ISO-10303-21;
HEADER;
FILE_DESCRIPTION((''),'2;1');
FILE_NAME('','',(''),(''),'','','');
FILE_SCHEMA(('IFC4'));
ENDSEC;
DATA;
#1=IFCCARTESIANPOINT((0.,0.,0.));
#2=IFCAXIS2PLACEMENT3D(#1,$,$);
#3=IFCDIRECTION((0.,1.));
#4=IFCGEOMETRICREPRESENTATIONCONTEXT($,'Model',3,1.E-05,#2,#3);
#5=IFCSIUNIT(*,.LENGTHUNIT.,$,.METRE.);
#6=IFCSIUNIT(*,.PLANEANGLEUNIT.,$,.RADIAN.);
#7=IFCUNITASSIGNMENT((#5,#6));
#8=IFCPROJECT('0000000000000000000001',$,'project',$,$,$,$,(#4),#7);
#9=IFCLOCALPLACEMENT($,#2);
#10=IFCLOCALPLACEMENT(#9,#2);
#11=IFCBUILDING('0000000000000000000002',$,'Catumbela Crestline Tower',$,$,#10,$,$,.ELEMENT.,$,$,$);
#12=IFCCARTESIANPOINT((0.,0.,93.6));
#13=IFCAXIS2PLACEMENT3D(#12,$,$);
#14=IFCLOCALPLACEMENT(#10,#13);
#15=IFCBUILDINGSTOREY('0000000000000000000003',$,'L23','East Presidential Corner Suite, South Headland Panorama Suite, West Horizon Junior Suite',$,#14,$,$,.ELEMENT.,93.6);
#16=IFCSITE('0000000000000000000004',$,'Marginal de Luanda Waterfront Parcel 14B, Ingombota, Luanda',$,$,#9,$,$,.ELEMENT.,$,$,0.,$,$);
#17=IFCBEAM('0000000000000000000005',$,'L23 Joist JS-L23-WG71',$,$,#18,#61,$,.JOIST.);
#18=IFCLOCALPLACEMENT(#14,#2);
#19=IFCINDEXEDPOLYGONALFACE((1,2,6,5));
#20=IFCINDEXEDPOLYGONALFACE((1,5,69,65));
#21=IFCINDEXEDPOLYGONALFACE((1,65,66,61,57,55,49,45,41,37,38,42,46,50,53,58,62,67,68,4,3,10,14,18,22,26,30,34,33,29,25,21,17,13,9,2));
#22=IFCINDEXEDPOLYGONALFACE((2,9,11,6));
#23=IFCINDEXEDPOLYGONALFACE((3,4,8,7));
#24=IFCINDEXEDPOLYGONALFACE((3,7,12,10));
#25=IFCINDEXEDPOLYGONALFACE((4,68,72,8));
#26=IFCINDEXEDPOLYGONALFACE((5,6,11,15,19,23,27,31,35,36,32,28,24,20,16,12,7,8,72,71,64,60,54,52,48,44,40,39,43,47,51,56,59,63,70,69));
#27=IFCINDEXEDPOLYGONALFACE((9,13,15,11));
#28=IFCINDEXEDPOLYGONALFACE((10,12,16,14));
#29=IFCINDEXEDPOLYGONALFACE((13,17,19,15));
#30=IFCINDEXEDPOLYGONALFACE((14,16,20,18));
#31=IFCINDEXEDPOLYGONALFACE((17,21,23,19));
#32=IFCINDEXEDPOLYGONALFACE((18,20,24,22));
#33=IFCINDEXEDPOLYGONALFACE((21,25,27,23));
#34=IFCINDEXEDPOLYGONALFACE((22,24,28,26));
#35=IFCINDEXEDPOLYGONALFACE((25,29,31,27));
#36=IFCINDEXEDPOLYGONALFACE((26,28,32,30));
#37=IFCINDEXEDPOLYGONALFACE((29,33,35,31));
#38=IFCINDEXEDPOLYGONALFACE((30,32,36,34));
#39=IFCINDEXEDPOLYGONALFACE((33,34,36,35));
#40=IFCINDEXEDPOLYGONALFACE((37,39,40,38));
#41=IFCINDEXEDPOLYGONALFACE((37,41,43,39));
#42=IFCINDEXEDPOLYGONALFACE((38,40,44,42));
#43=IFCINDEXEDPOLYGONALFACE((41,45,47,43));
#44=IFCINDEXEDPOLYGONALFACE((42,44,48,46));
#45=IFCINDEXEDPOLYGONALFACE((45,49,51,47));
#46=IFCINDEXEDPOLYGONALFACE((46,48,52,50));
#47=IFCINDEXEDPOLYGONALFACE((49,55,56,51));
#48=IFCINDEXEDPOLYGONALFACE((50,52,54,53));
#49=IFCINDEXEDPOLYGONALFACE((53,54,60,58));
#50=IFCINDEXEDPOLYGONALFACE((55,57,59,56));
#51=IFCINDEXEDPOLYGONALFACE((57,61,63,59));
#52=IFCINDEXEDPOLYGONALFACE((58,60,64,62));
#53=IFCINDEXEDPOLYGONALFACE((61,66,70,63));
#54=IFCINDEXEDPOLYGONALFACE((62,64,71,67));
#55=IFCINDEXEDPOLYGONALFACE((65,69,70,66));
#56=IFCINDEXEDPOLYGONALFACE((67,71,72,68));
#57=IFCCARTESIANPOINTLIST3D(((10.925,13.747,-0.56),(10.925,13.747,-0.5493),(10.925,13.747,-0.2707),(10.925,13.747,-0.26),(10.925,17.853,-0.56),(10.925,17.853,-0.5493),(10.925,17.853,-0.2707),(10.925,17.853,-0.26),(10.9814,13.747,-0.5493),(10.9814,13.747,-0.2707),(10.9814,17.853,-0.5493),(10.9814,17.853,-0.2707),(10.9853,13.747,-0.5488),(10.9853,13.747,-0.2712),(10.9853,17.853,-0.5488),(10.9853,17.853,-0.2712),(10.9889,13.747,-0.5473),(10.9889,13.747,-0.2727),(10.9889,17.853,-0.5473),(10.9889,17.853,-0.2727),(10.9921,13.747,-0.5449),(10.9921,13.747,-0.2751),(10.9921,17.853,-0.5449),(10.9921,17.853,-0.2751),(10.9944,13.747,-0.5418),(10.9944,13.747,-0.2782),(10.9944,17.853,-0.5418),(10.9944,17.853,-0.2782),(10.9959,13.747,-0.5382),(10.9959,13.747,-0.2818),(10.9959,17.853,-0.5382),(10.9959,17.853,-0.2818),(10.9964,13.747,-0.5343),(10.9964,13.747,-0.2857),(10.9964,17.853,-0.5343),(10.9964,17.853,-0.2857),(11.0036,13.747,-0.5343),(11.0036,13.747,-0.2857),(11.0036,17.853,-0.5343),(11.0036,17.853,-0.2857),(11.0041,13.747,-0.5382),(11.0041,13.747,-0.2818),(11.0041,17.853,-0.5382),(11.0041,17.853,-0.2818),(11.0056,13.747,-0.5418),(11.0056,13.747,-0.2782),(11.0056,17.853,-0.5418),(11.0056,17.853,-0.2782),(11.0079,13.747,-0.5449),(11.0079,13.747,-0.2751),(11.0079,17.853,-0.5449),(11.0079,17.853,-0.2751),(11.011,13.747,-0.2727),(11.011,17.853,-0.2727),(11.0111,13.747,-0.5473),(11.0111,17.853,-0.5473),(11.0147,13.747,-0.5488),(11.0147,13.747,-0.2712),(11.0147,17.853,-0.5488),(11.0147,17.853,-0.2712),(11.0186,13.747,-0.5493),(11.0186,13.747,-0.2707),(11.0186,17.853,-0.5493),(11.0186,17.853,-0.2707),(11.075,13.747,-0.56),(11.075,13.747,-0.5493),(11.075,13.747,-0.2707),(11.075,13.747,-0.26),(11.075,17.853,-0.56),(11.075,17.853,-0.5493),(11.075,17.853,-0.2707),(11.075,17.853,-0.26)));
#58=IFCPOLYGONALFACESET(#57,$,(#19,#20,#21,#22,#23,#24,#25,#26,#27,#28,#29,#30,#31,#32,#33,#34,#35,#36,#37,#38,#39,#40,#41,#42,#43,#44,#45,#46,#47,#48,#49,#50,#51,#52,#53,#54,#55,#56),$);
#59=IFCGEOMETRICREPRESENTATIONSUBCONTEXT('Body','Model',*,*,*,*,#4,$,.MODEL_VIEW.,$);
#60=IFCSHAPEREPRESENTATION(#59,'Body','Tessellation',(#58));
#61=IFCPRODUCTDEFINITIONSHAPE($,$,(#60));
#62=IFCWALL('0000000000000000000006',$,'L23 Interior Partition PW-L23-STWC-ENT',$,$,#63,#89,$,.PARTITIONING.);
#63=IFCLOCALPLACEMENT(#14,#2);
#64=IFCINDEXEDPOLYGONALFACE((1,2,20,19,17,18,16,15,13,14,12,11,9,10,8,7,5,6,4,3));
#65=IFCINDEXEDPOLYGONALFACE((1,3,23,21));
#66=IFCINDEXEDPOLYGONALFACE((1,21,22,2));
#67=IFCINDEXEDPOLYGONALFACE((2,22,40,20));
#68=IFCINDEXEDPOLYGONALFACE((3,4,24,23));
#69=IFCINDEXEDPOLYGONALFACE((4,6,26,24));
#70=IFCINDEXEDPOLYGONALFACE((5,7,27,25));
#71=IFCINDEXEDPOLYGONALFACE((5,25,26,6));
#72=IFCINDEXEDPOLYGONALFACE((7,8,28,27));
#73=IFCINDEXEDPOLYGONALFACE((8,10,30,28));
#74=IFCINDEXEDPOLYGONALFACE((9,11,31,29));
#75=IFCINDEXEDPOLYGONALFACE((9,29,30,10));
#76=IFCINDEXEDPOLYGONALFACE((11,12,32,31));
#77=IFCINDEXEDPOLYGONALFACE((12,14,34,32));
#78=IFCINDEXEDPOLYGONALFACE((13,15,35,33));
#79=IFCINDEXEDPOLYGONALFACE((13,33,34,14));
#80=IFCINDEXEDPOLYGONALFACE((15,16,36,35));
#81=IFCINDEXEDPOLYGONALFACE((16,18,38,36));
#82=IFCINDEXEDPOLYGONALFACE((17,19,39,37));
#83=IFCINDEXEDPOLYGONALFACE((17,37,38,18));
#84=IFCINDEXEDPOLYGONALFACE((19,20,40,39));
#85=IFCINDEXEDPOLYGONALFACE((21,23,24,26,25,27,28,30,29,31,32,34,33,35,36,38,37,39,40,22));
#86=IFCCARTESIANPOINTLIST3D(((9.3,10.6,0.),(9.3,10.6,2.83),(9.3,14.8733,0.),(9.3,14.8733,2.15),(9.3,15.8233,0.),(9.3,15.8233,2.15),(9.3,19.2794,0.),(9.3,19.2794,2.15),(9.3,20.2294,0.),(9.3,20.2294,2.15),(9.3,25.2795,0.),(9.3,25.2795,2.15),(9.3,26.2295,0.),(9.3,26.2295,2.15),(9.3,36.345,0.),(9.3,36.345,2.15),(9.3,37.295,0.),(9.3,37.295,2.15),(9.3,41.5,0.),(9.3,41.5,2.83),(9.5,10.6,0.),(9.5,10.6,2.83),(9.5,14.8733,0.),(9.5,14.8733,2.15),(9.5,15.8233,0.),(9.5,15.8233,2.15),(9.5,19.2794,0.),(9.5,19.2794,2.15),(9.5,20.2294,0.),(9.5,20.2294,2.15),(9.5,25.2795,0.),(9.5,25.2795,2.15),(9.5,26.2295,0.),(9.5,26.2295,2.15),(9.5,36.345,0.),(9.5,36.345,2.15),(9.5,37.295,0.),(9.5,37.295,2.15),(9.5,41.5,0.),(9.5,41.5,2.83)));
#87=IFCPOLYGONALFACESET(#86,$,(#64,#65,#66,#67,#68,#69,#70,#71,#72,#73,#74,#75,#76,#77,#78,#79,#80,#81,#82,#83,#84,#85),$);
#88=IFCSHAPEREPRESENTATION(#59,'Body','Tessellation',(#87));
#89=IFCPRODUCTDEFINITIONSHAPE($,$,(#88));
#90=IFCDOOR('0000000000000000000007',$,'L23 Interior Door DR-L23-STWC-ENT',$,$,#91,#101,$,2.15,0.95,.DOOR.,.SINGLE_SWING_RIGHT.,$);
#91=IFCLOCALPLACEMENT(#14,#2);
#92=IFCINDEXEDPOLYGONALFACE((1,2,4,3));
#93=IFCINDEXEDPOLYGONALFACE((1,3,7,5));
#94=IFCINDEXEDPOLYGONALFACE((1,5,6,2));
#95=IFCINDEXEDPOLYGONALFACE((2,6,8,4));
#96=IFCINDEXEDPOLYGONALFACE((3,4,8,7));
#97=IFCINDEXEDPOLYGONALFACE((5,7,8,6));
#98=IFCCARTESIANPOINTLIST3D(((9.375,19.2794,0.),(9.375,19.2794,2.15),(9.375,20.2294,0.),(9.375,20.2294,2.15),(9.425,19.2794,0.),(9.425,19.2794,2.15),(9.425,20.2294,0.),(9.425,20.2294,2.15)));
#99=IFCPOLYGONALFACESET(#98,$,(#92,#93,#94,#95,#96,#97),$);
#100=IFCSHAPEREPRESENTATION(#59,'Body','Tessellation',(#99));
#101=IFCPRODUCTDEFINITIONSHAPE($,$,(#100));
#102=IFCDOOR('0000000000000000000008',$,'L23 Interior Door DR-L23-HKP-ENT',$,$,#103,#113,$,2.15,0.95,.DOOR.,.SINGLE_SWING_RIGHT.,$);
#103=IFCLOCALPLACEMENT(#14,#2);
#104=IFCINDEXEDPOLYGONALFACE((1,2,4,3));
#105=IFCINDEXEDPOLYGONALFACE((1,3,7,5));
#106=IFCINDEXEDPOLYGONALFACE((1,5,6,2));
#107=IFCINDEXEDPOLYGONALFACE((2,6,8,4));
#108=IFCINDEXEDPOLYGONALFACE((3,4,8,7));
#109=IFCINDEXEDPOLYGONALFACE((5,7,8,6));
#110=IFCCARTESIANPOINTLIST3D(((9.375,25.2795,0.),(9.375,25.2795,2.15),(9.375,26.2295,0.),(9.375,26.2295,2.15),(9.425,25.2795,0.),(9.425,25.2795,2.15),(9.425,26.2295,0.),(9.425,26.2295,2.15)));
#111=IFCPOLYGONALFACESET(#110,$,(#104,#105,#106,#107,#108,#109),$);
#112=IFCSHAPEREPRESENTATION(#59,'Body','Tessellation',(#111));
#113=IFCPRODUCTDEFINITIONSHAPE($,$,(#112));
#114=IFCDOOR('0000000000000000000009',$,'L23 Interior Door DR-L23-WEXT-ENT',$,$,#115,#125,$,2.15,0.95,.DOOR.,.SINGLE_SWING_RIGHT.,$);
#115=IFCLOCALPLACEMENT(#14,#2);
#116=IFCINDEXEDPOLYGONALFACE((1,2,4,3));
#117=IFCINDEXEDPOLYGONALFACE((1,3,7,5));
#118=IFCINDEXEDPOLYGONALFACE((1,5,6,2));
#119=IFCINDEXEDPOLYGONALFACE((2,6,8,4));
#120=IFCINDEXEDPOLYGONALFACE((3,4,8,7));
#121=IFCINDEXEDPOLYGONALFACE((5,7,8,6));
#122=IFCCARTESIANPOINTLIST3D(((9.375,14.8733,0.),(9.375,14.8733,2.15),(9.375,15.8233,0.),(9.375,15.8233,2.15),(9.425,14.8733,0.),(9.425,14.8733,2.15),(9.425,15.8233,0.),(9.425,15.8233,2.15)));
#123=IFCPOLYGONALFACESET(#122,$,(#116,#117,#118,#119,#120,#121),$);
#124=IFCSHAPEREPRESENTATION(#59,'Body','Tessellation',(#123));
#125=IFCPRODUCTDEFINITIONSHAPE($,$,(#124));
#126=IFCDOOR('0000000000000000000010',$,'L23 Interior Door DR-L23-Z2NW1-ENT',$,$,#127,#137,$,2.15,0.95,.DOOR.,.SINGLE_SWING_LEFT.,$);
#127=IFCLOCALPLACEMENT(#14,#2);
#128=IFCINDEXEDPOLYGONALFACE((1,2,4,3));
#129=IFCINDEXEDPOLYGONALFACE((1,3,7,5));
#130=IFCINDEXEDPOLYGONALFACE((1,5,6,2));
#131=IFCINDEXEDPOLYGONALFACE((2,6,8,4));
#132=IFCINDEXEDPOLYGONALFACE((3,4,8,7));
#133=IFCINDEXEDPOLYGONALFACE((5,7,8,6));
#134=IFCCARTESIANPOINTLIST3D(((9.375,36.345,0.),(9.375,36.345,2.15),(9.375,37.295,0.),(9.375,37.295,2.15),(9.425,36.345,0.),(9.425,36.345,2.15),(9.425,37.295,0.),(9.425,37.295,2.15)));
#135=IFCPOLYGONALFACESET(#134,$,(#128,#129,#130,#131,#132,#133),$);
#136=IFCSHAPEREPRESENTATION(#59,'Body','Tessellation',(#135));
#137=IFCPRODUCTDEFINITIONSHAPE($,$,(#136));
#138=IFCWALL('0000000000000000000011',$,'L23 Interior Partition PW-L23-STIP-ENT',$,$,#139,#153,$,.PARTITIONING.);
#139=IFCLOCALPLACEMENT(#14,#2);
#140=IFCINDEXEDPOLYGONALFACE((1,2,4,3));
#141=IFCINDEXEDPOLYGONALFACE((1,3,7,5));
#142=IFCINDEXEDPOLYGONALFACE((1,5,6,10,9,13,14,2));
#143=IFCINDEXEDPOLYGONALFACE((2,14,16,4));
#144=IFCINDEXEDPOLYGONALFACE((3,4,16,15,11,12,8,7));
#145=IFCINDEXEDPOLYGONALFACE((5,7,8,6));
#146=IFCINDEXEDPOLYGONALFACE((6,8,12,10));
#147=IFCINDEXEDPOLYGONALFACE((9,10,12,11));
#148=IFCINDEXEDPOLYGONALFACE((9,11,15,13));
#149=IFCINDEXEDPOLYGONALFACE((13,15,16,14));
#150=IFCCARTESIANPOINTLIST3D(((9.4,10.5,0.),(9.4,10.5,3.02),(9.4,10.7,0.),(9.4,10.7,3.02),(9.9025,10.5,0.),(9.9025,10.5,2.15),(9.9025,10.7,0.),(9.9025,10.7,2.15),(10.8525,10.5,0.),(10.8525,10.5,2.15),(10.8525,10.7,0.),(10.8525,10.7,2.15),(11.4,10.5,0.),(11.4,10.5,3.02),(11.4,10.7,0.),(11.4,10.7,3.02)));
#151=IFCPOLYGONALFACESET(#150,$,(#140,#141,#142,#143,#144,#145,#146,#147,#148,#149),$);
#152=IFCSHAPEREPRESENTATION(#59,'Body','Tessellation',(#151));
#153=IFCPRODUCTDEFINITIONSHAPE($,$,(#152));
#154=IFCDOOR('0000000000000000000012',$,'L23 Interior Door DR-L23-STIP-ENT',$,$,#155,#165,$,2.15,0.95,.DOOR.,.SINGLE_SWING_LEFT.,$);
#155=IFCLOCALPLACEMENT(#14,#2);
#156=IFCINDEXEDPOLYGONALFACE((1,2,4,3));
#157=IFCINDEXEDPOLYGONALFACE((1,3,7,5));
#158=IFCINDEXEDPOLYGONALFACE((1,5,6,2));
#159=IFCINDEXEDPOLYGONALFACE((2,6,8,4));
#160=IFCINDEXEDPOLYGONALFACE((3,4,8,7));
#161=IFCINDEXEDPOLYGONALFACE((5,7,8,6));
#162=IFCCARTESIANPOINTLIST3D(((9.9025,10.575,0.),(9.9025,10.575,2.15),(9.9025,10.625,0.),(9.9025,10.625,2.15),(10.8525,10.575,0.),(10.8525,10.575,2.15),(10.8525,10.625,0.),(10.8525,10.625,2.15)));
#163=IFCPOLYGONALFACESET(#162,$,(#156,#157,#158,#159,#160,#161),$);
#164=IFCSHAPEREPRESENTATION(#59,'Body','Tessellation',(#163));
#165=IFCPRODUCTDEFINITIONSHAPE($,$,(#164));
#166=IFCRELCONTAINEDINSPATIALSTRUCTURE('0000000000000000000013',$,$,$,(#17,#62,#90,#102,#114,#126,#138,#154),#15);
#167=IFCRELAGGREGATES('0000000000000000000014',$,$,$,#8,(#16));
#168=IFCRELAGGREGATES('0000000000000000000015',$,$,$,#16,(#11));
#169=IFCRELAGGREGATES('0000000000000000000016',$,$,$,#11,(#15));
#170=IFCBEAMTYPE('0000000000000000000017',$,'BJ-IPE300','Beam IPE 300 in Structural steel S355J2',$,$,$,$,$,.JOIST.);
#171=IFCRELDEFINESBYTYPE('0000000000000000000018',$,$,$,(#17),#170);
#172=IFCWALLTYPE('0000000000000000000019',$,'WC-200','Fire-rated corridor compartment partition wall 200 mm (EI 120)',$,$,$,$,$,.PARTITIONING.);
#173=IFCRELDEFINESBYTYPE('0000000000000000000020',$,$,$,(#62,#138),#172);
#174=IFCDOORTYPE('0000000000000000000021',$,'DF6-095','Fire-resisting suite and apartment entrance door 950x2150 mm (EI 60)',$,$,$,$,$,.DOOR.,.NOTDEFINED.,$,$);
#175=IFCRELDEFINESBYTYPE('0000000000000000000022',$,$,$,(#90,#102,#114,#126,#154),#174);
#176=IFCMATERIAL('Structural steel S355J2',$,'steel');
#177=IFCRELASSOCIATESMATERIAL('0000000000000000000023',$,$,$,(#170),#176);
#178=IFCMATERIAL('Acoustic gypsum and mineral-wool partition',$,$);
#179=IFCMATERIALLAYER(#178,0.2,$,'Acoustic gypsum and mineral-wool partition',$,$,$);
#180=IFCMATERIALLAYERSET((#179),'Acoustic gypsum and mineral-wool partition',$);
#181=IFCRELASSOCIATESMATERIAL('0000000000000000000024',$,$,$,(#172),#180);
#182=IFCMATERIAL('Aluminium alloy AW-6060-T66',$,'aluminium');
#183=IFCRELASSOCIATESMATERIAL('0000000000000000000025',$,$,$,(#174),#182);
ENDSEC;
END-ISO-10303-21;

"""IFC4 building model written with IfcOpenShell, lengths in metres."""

from ifc_helpers import new_model, si_unit, direction, frame, frame_2d, origin, origin_2d, place, context, subcontext, project, spatial, rectangle, i_section, extrude, material, layer, layer_set, material_profile, profile_set, type_object, element, fill, save


model = new_model("IFC4")

# Units and contexts
model_context = context("Model", 3, precision=1e-05, world=origin(), true_north=direction((0.0, 1.0)))
body_context = subcontext(model_context, "Body", "Model", "MODEL_VIEW")
ifc_project = project(units=[si_unit("LENGTHUNIT", "METRE"), si_unit("PLANEANGLEUNIT", "RADIAN")], contexts=[model_context])

# Site, building, storey
site_placement = place(None, origin())
site = spatial("IfcSite", under=ifc_project, at=site_placement, Name="Marginal de Luanda Waterfront Parcel 14B, Ingombota, Luanda", CompositionType="ELEMENT", RefElevation=0.0)
building_placement = place(site_placement, origin())
building = spatial("IfcBuilding", under=site, at=building_placement, Name="Catumbela Crestline Tower", CompositionType="ELEMENT")
storey_placement = place(building_placement, frame((0.0, 0.0, 93.6)))
storey = spatial("IfcBuildingStorey", under=building, at=storey_placement, Name="L23", Description="East Presidential Corner Suite, South Headland Panorama Suite, West Horizon Junior Suite", CompositionType="ELEMENT", Elevation=93.6)

# Beam
ifc_material_1 = material(Name="Structural steel S355J2", Category="steel")
ifc_material_profile_1 = material_profile(ifc_material_1, i_section(OverallWidth=0.15, OverallDepth=0.3, WebThickness=0.0071, FlangeThickness=0.0107, FilletRadius=0.015, at=origin_2d()), Name="IPE 300")
ifc_profile_set_1 = profile_set([ifc_material_profile_1], Name="Structural steel S355J2")
beam_type_1 = type_object("IfcBeamType", Name="BJ-IPE300", Description="Beam IPE 300 in Structural steel S355J2", PredefinedType="JOIST", material=ifc_profile_set_1)
beam_1_placement = place(storey_placement, frame((11.0, 13.747, -0.41), z_axis=(0.0, 1.0, 0.0), x_axis=(-1.0, 0.0, 0.0)))
element("IfcBeam", 1, at=beam_1_placement, inside=storey, type_object=beam_type_1, Name="L23 Joist JS-L23-WG71", PredefinedType="JOIST", context=body_context, shape_type="SweptSolid", body=[
    extrude(i_section(OverallWidth=0.15, OverallDepth=0.3, WebThickness=0.0071, FlangeThickness=0.0107, FilletRadius=0.015, at=origin_2d()), origin(), (0.0, 0.0, 1.0), 4.106),
])

# Wall, openings, doors
ifc_material_2 = material(Name="Acoustic gypsum and mineral-wool partition")
ifc_layer_1 = layer(ifc_material_2, 0.2, Name="Acoustic gypsum and mineral-wool partition")
ifc_layer_set_1 = layer_set([ifc_layer_1], Name="Acoustic gypsum and mineral-wool partition")
wall_type_1 = type_object("IfcWallType", Name="WC-200", Description="Fire-rated corridor compartment partition wall 200 mm (EI 120)", PredefinedType="PARTITIONING", material=ifc_layer_set_1)
wall_1_placement = place(storey_placement, frame((9.4, 10.6, 0.0), z_axis=(0.0, 0.0, 1.0), x_axis=(0.0, 1.0, 0.0)))
wall_1 = element("IfcWall", 2, at=wall_1_placement, inside=storey, type_object=wall_type_1, Name="L23 Interior Partition PW-L23-STWC-ENT", PredefinedType="PARTITIONING", context=body_context, shape_type="SweptSolid", body=[
    extrude(rectangle(XDim=30.9, YDim=0.2, at=frame_2d((15.45, 0.0))), origin(), (0.0, 0.0, 1.0), 2.83),
])
opening_1_placement = place(wall_1_placement, frame((8.6794, 0.0, 0.0)))
opening_1 = element("IfcOpeningElement", 3, at=opening_1_placement, cuts=wall_1, PredefinedType="OPENING", context=body_context, shape_type="SweptSolid", body=[
    extrude(rectangle(XDim=0.95, YDim=2.15, at=frame_2d((0.475, 1.075))), frame((0.0, 0.11, 0.0), z_axis=(0.0, -1.0, 0.0), x_axis=(1.0, 0.0, 0.0)), (0.0, 0.0, 1.0), 0.22),
])
opening_2_placement = place(wall_1_placement, frame((14.6795, 0.0, 0.0)))
opening_2 = element("IfcOpeningElement", 4, at=opening_2_placement, cuts=wall_1, PredefinedType="OPENING", context=body_context, shape_type="SweptSolid", body=[
    extrude(rectangle(XDim=0.95, YDim=2.15, at=frame_2d((0.475, 1.075))), frame((0.0, 0.11, 0.0), z_axis=(0.0, -1.0, 0.0), x_axis=(1.0, 0.0, 0.0)), (0.0, 0.0, 1.0), 0.22),
])
opening_3_placement = place(wall_1_placement, frame((4.2733, 0.0, 0.0)))
opening_3 = element("IfcOpeningElement", 5, at=opening_3_placement, cuts=wall_1, PredefinedType="OPENING", context=body_context, shape_type="SweptSolid", body=[
    extrude(rectangle(XDim=0.95, YDim=2.15, at=frame_2d((0.475, 1.075))), frame((0.0, 0.11, 0.0), z_axis=(0.0, -1.0, 0.0), x_axis=(1.0, 0.0, 0.0)), (0.0, 0.0, 1.0), 0.22),
])
opening_4_placement = place(wall_1_placement, frame((25.745, 0.0, 0.0)))
opening_4 = element("IfcOpeningElement", 6, at=opening_4_placement, cuts=wall_1, PredefinedType="OPENING", context=body_context, shape_type="SweptSolid", body=[
    extrude(rectangle(XDim=0.95, YDim=2.15, at=frame_2d((0.475, 1.075))), frame((0.0, 0.11, 0.0), z_axis=(0.0, -1.0, 0.0), x_axis=(1.0, 0.0, 0.0)), (0.0, 0.0, 1.0), 0.22),
])
ifc_material_3 = material(Name="Aluminium alloy AW-6060-T66", Category="aluminium")
door_type = type_object("IfcDoorType", Name="DF6-095", Description="Fire-resisting suite and apartment entrance door 950x2150 mm (EI 60)", OperationType="NOTDEFINED", PredefinedType="DOOR", material=ifc_material_3)
door_1_placement = place(opening_1_placement, origin())
door_1 = element("IfcDoor", 7, at=door_1_placement, inside=storey, type_object=door_type, Name="L23 Interior Door DR-L23-STWC-ENT", OperationType="SINGLE_SWING_RIGHT", OverallHeight=2.15, OverallWidth=0.95, PredefinedType="DOOR", context=body_context, shape_type="SweptSolid", body=[
    extrude(rectangle(XDim=0.95, YDim=2.15, at=frame_2d((0.475, 1.075))), frame((0.0, 0.025, 0.0), z_axis=(0.0, -1.0, 0.0), x_axis=(1.0, 0.0, 0.0)), (0.0, 0.0, 1.0), 0.05),
])
fill(opening_1, door_1)
door_2_placement = place(opening_2_placement, origin())
door_2 = element("IfcDoor", 8, at=door_2_placement, inside=storey, type_object=door_type, Name="L23 Interior Door DR-L23-HKP-ENT", OperationType="SINGLE_SWING_RIGHT", OverallHeight=2.15, OverallWidth=0.95, PredefinedType="DOOR", context=body_context, shape_type="SweptSolid", body=[
    extrude(rectangle(XDim=0.95, YDim=2.15, at=frame_2d((0.475, 1.075))), frame((0.0, 0.025, 0.0), z_axis=(0.0, -1.0, 0.0), x_axis=(1.0, 0.0, 0.0)), (0.0, 0.0, 1.0), 0.05),
])
fill(opening_2, door_2)
door_3_placement = place(opening_3_placement, origin())
door_3 = element("IfcDoor", 9, at=door_3_placement, inside=storey, type_object=door_type, Name="L23 Interior Door DR-L23-WEXT-ENT", OperationType="SINGLE_SWING_RIGHT", OverallHeight=2.15, OverallWidth=0.95, PredefinedType="DOOR", context=body_context, shape_type="SweptSolid", body=[
    extrude(rectangle(XDim=0.95, YDim=2.15, at=frame_2d((0.475, 1.075))), frame((0.0, 0.025, 0.0), z_axis=(0.0, -1.0, 0.0), x_axis=(1.0, 0.0, 0.0)), (0.0, 0.0, 1.0), 0.05),
])
fill(opening_3, door_3)
door_4_placement = place(opening_4_placement, origin())
door_4 = element("IfcDoor", 10, at=door_4_placement, inside=storey, type_object=door_type, Name="L23 Interior Door DR-L23-Z2NW1-ENT", OperationType="SINGLE_SWING_LEFT", OverallHeight=2.15, OverallWidth=0.95, PredefinedType="DOOR", context=body_context, shape_type="SweptSolid", body=[
    extrude(rectangle(XDim=0.95, YDim=2.15, at=frame_2d((0.475, 1.075))), frame((0.0, 0.025, 0.0), z_axis=(0.0, -1.0, 0.0), x_axis=(1.0, 0.0, 0.0)), (0.0, 0.0, 1.0), 0.05),
])
fill(opening_4, door_4)

# Wall, opening, door
wall_2_placement = place(storey_placement, frame((9.4, 10.6, 0.0), z_axis=(0.0, 0.0, 1.0), x_axis=(1.0, 0.0, 0.0)))
wall_2 = element("IfcWall", 11, at=wall_2_placement, inside=storey, type_object=wall_type_1, Name="L23 Interior Partition PW-L23-STIP-ENT", PredefinedType="PARTITIONING", context=body_context, shape_type="SweptSolid", body=[
    extrude(rectangle(XDim=2.0, YDim=0.2, at=frame_2d((1.0, 0.0))), origin(), (0.0, 0.0, 1.0), 3.02),
])
opening_5_placement = place(wall_2_placement, frame((0.5025, 0.0, 0.0)))
opening_5 = element("IfcOpeningElement", 12, at=opening_5_placement, cuts=wall_2, PredefinedType="OPENING", context=body_context, shape_type="SweptSolid", body=[
    extrude(rectangle(XDim=0.95, YDim=2.15, at=frame_2d((0.475, 1.075))), frame((0.0, 0.11, 0.0), z_axis=(0.0, -1.0, 0.0), x_axis=(1.0, 0.0, 0.0)), (0.0, 0.0, 1.0), 0.22),
])
door_5_placement = place(opening_5_placement, origin())
door_5 = element("IfcDoor", 13, at=door_5_placement, inside=storey, type_object=door_type, Name="L23 Interior Door DR-L23-STIP-ENT", OperationType="SINGLE_SWING_LEFT", OverallHeight=2.15, OverallWidth=0.95, PredefinedType="DOOR", context=body_context, shape_type="SweptSolid", body=[
    extrude(rectangle(XDim=0.95, YDim=2.15, at=frame_2d((0.475, 1.075))), frame((0.0, 0.025, 0.0), z_axis=(0.0, -1.0, 0.0), x_axis=(1.0, 0.0, 0.0)), (0.0, 0.0, 1.0), 0.05),
])
fill(opening_5, door_5)

save(model, "model.ifc")
